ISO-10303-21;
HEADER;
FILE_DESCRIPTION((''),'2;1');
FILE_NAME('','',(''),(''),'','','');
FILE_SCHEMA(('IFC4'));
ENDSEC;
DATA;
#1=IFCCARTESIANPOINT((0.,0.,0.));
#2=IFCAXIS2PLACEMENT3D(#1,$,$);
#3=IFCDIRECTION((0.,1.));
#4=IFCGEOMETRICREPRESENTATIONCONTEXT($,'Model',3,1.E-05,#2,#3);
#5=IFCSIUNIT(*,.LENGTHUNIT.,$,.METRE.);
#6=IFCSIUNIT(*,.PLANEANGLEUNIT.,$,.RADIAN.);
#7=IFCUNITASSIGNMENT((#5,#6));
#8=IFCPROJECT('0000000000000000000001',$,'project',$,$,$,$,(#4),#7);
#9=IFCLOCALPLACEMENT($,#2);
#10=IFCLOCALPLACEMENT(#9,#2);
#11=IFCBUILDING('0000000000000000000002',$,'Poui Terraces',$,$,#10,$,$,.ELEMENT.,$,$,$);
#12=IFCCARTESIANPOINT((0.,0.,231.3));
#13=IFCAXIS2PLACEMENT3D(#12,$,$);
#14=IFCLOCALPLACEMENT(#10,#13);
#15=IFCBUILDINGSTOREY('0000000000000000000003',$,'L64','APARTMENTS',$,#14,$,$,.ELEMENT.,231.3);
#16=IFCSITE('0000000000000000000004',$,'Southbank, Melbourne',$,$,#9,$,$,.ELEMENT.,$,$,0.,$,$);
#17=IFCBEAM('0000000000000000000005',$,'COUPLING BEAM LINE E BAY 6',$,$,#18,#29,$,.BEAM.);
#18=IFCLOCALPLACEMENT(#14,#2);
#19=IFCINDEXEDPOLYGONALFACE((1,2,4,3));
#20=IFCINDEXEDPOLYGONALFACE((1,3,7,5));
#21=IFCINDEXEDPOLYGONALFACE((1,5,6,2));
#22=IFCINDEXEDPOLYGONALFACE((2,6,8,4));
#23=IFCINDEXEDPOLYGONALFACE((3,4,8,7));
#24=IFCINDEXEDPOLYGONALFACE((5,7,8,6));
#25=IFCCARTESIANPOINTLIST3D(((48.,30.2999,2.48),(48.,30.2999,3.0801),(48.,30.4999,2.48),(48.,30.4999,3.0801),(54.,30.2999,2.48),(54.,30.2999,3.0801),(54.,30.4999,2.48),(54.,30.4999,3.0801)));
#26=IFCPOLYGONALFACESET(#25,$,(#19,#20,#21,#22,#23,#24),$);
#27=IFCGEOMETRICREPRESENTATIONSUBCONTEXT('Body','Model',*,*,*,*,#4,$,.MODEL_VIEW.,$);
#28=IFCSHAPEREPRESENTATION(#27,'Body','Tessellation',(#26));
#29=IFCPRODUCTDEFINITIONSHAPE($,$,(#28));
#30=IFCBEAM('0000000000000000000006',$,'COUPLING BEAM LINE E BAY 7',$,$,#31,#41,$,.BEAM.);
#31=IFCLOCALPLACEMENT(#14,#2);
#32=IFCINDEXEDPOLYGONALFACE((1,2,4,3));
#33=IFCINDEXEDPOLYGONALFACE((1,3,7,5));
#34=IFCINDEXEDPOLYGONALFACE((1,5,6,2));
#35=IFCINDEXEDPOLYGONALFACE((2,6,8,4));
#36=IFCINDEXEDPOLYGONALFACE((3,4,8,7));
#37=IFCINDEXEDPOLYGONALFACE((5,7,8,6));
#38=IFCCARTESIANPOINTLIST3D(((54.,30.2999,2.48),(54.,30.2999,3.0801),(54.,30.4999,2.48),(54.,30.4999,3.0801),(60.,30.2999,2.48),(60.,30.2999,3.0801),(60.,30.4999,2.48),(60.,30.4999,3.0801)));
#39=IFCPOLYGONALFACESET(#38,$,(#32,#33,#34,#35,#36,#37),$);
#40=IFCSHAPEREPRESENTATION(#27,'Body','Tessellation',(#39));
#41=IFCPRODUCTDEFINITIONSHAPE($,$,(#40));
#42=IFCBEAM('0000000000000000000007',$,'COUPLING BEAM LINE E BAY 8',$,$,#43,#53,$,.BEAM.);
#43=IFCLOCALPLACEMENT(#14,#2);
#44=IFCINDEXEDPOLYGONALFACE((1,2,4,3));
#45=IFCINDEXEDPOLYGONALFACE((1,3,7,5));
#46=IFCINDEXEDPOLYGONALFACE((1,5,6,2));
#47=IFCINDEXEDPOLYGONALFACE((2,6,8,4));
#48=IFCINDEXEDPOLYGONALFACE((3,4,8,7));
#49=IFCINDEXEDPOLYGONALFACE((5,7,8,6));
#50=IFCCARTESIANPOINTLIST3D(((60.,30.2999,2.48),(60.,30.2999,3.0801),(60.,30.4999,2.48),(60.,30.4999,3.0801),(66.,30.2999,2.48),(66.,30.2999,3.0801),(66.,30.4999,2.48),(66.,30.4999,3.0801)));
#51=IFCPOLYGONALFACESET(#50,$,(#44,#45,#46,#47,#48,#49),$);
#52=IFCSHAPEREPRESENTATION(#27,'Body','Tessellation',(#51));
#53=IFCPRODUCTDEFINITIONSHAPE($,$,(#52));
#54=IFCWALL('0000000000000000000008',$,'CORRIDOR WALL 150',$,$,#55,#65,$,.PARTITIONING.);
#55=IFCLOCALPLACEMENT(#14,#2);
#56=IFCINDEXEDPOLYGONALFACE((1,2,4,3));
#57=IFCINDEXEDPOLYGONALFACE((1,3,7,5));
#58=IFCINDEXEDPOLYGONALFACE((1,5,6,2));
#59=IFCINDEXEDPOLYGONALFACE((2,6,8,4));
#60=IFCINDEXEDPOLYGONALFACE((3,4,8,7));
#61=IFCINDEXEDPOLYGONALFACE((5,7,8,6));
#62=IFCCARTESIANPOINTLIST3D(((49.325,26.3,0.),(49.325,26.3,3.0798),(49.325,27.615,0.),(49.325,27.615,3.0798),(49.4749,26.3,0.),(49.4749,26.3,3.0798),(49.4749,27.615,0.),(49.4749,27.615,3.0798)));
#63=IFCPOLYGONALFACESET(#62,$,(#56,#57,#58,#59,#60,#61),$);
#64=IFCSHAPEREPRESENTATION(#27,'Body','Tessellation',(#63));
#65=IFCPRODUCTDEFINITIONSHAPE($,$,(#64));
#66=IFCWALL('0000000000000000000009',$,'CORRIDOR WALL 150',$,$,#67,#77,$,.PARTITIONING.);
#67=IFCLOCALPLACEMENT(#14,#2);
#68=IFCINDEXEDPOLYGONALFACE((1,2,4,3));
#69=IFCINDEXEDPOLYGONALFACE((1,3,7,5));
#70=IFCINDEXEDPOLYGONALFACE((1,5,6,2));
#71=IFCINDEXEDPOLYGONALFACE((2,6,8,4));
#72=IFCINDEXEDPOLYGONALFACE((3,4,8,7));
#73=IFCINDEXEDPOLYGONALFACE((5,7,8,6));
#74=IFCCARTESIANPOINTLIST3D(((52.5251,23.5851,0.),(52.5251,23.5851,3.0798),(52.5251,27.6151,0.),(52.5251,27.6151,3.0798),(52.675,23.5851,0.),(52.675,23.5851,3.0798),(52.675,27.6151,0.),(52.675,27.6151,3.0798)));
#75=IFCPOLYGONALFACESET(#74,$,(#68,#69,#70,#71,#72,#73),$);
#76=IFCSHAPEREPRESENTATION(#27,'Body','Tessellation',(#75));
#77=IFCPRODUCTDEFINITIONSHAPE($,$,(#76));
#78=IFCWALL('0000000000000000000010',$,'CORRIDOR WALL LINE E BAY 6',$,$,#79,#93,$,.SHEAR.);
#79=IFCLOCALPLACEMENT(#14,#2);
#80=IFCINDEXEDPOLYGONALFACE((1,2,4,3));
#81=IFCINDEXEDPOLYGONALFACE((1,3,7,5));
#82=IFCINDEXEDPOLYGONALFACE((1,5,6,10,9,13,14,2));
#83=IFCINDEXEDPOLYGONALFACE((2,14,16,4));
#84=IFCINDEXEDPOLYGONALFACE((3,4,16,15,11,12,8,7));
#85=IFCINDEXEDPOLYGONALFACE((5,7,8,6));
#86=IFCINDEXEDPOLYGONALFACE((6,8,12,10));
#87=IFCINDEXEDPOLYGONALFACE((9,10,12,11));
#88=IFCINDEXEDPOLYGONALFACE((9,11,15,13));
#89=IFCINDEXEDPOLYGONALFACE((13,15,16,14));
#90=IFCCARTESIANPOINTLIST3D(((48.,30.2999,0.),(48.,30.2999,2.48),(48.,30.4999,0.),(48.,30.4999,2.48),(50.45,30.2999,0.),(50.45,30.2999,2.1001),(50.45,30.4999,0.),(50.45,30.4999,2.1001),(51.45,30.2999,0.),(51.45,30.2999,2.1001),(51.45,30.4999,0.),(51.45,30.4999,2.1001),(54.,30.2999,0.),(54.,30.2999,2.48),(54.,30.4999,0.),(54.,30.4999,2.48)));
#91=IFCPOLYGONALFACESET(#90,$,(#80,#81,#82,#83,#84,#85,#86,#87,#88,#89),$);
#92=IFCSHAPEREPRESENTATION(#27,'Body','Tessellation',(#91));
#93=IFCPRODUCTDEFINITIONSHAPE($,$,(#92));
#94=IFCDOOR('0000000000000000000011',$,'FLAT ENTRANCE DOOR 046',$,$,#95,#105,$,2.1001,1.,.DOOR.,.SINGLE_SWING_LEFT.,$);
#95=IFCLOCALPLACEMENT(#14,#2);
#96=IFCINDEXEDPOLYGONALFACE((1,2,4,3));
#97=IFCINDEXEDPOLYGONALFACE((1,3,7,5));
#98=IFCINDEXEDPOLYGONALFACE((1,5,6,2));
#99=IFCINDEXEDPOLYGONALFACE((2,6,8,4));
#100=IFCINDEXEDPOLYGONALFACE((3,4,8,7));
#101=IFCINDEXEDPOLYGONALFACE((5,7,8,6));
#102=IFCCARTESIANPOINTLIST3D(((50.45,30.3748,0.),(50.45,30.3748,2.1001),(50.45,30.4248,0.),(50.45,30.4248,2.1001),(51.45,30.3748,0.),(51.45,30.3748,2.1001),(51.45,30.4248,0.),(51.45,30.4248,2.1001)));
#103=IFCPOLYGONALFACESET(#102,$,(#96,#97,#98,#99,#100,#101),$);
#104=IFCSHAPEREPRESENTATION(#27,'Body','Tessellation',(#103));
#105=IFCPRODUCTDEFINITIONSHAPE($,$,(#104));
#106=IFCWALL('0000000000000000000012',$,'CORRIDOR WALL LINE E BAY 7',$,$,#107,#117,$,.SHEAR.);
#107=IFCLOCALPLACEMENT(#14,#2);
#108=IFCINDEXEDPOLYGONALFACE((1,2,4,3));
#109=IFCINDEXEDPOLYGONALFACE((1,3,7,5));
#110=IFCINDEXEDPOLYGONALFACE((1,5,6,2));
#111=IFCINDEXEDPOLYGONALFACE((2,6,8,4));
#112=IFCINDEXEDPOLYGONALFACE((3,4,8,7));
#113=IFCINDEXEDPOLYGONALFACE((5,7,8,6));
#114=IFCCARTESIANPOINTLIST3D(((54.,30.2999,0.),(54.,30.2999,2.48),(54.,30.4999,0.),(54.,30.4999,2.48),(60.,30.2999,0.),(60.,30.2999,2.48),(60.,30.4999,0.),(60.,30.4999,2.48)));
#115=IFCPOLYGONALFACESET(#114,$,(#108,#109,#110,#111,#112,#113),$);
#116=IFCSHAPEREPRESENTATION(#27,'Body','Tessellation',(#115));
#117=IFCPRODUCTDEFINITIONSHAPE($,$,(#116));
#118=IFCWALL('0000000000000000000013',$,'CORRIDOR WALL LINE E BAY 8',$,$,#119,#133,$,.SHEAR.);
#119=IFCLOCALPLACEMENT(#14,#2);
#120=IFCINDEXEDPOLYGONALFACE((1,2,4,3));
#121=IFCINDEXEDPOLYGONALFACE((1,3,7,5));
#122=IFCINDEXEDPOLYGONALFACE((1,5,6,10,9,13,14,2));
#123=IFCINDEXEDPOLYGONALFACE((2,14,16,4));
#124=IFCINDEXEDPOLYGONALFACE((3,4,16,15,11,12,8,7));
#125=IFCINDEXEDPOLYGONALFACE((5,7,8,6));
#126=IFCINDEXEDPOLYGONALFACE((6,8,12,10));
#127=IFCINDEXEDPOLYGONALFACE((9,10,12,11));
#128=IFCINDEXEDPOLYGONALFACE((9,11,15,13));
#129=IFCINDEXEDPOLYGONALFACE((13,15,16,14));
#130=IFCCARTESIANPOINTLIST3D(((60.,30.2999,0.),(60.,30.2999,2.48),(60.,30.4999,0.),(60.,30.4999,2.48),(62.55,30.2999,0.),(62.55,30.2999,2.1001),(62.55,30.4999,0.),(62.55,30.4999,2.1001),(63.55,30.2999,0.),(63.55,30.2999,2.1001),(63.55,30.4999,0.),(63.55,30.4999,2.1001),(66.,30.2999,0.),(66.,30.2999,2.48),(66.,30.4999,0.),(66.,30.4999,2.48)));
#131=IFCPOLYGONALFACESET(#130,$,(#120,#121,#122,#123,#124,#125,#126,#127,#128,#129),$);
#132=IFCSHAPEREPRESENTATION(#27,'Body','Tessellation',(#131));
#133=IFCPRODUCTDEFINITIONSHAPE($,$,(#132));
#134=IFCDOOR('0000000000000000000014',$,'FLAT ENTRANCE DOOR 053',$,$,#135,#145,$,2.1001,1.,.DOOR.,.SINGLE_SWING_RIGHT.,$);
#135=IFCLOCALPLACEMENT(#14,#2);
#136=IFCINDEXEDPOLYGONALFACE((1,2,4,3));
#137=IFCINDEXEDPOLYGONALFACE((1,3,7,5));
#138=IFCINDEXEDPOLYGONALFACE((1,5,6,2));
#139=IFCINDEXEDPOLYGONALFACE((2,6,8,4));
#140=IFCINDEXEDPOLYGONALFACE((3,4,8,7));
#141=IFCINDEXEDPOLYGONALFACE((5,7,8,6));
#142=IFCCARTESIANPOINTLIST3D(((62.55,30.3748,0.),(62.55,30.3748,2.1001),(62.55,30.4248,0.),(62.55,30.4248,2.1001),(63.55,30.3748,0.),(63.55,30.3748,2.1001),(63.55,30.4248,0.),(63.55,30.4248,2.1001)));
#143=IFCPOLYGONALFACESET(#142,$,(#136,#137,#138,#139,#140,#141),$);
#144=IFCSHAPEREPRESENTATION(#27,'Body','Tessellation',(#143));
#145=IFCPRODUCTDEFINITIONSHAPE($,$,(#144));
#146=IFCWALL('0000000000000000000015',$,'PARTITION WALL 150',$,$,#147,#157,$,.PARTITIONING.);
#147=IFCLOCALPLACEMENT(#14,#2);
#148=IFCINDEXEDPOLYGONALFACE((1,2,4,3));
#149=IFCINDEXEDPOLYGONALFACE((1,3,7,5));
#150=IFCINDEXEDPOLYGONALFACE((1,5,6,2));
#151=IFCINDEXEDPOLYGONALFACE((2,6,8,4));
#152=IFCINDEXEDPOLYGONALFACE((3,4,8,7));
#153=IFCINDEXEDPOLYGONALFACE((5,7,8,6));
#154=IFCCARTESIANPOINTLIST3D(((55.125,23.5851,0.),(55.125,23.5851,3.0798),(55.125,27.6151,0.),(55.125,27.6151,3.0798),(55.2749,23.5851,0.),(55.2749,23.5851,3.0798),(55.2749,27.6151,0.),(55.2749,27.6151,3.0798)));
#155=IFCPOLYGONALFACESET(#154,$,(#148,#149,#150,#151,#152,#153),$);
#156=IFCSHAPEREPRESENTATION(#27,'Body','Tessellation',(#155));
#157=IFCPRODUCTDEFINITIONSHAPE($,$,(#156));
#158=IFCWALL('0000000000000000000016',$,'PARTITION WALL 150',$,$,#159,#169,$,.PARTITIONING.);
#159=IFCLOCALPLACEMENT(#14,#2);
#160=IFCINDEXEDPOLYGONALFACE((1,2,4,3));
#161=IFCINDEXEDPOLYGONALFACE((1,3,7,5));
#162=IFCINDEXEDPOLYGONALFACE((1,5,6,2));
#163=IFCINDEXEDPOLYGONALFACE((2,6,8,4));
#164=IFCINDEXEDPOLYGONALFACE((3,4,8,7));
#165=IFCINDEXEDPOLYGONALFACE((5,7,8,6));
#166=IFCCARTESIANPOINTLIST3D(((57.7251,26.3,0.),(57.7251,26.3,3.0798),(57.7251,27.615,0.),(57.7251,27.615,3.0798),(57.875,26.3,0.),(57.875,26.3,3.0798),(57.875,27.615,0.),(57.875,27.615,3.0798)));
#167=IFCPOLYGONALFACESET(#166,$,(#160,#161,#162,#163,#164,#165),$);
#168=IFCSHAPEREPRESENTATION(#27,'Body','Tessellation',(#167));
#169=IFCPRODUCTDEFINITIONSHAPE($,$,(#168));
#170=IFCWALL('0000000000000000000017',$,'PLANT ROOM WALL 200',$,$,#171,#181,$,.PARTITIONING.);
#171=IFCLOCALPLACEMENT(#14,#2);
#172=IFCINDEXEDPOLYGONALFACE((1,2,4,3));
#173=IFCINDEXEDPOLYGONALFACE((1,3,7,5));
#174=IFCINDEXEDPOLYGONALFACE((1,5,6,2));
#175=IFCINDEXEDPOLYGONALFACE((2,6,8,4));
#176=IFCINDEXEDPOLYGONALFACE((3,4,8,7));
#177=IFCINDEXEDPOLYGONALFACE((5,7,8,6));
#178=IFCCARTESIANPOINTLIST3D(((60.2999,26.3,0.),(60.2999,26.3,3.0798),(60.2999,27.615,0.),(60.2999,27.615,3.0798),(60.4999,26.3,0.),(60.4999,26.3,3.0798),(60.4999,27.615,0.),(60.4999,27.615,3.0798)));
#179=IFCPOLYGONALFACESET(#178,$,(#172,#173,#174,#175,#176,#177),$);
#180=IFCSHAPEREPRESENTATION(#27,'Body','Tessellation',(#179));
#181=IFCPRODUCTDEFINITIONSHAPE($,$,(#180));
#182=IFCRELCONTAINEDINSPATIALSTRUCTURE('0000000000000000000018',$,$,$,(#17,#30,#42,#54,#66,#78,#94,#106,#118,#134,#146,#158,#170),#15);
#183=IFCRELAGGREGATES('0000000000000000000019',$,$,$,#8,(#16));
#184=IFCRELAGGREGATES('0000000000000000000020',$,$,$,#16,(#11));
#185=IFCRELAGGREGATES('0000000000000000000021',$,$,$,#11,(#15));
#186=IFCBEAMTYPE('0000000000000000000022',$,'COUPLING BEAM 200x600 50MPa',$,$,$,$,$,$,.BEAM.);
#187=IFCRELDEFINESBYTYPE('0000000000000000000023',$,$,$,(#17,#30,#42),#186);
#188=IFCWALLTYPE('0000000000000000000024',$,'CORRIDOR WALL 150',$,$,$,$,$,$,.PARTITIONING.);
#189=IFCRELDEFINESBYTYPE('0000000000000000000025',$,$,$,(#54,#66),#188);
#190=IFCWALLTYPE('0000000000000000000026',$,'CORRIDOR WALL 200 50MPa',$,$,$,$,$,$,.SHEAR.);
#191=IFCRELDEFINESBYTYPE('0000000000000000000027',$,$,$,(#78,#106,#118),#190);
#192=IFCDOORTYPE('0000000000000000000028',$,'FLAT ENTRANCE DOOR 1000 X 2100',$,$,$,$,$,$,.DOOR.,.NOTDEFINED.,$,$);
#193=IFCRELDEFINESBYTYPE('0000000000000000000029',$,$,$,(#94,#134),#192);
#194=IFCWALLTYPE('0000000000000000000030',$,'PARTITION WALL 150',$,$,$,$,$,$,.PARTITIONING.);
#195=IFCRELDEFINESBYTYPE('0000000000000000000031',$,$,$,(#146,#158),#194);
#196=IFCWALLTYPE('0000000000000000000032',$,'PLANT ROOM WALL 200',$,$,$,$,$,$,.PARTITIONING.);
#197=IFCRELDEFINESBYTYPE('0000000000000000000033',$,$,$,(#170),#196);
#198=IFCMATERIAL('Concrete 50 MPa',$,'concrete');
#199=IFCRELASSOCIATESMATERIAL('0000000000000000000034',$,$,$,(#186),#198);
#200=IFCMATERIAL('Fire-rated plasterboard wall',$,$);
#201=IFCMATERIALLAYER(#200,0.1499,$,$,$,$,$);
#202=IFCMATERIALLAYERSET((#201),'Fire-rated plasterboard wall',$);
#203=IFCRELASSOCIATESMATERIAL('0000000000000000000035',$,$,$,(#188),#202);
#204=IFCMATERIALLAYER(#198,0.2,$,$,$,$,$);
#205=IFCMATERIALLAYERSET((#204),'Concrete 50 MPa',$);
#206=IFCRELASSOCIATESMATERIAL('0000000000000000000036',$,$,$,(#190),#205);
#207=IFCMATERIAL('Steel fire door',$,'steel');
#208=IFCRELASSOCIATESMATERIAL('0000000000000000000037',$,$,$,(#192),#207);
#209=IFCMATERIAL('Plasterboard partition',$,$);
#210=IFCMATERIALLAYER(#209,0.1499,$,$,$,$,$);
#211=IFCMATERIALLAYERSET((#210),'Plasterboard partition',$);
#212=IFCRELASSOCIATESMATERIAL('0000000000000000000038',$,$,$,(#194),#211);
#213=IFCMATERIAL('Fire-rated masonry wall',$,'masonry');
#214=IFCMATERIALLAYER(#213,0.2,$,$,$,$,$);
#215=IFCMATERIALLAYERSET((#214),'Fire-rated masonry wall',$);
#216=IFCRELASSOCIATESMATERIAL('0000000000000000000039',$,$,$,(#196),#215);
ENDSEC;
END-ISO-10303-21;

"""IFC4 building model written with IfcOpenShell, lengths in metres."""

from ifc_helpers import new_model, si_unit, direction, frame, frame_2d, origin, origin_2d, place, context, subcontext, project, spatial, rectangle, extrude, source, transform, mapped, material, layer, layer_set, material_profile, profile_set, type_object, element, fill, save


model = new_model("IFC4")

# Units and contexts
model_context = context("Model", 3, precision=1e-05, world=origin(), true_north=direction((0.0, 1.0)))
body_context = subcontext(model_context, "Body", "Model", "MODEL_VIEW")
ifc_project = project(units=[si_unit("LENGTHUNIT", "METRE"), si_unit("PLANEANGLEUNIT", "RADIAN")], contexts=[model_context])

# Site, building, storey
site_placement = place(None, origin())
site = spatial("IfcSite", under=ifc_project, at=site_placement, Name="Southbank, Melbourne", CompositionType="ELEMENT", RefElevation=0.0)
building_placement = place(site_placement, origin())
building = spatial("IfcBuilding", under=site, at=building_placement, Name="Poui Terraces", CompositionType="ELEMENT")
storey_placement = place(building_placement, frame((0.0, 0.0, 231.3)))
storey = spatial("IfcBuildingStorey", under=building, at=storey_placement, Name="L64", Description="APARTMENTS", CompositionType="ELEMENT", Elevation=231.3)

# Beams
ifc_material_1 = material(Name="Concrete 50 MPa", Category="concrete")
ifc_material_profile = material_profile(ifc_material_1, rectangle(XDim=0.2, YDim=0.6001, at=origin_2d()), Name="RC 200x600")
ifc_profile_set = profile_set([ifc_material_profile], Name="Concrete 50 MPa")
beam_type = type_object("IfcBeamType", Name="COUPLING BEAM 200x600 50MPa", PredefinedType="BEAM", material=ifc_profile_set)
shared_shape = source(origin(), body_context, "Body", "SweptSolid", [
    extrude(rectangle(XDim=0.2, YDim=0.6001, at=origin_2d()), origin(), (0.0, 0.0, 1.0), 6.0),
])
for number, where, z_axis, x_axis, name in (
    (1, (48.0, 30.3999, 2.78), (1.0, 0.0, 0.0), (0.0, 1.0, 0.0), "COUPLING BEAM LINE E BAY 6"),
    (2, (54.0, 30.3999, 2.78), (1.0, 0.0, 0.0), (0.0, 1.0, 0.0), "COUPLING BEAM LINE E BAY 7"),
    (3, (60.0, 30.3999, 2.78), (1.0, 0.0, 0.0), (0.0, 1.0, 0.0), "COUPLING BEAM LINE E BAY 8"),
):
    element("IfcBeam", number, at=place(storey_placement, frame(where, z_axis=z_axis, x_axis=x_axis)), inside=storey, type_object=beam_type, Name=name, PredefinedType="BEAM", context=body_context, shape_type="MappedRepresentation", body=[
        mapped(shared_shape, transform((0.0, 0.0, 0.0))),
    ])

# Walls
ifc_material_2 = material(Name="Fire-rated plasterboard wall")
ifc_layer_1 = layer(ifc_material_2, 0.1499)
ifc_layer_set_1 = layer_set([ifc_layer_1], Name="Fire-rated plasterboard wall")
wall_type_1 = type_object("IfcWallType", Name="CORRIDOR WALL 150", PredefinedType="PARTITIONING", material=ifc_layer_set_1)
wall_1_placement = place(storey_placement, frame((49.3999, 26.3, 0.0), z_axis=(0.0, 0.0, 1.0), x_axis=(0.0, 1.0, 0.0)))
element("IfcWall", 4, at=wall_1_placement, inside=storey, type_object=wall_type_1, Name="CORRIDOR WALL 150", PredefinedType="PARTITIONING", context=body_context, shape_type="SweptSolid", body=[
    extrude(rectangle(XDim=1.3149, YDim=0.1499, at=frame_2d((0.6575, 0.0))), origin(), (0.0, 0.0, 1.0), 3.0798),
])
wall_2_placement = place(storey_placement, frame((52.6001, 23.585, 0.0), z_axis=(0.0, 0.0, 1.0), x_axis=(0.0, 1.0, 0.0)))
element("IfcWall", 5, at=wall_2_placement, inside=storey, type_object=wall_type_1, Name="CORRIDOR WALL 150", PredefinedType="PARTITIONING", context=body_context, shape_type="SweptSolid", body=[
    extrude(rectangle(XDim=4.03, YDim=0.1499, at=frame_2d((2.0151, 0.0))), origin(), (0.0, 0.0, 1.0), 3.0798),
])

# Wall, opening, door
ifc_layer_2 = layer(ifc_material_1, 0.2)
ifc_layer_set_2 = layer_set([ifc_layer_2], Name="Concrete 50 MPa")
wall_type_2 = type_object("IfcWallType", Name="CORRIDOR WALL 200 50MPa", PredefinedType="SHEAR", material=ifc_layer_set_2)
wall_3_placement = place(storey_placement, frame((48.0, 30.3999, 0.0), z_axis=(0.0, 0.0, 1.0), x_axis=(1.0, 0.0, 0.0)))
wall_3 = element("IfcWall", 6, at=wall_3_placement, inside=storey, type_object=wall_type_2, Name="CORRIDOR WALL LINE E BAY 6", PredefinedType="SHEAR", context=body_context, shape_type="SweptSolid", body=[
    extrude(rectangle(XDim=6.0, YDim=0.2, at=frame_2d((3.0, 0.0))), origin(), (0.0, 0.0, 1.0), 2.48),
])
opening_1_placement = place(wall_3_placement, frame((2.45, 0.0, 0.0)))
opening_1 = element("IfcOpeningElement", 7, at=opening_1_placement, cuts=wall_3, PredefinedType="OPENING", context=body_context, shape_type="SweptSolid", body=[
    extrude(rectangle(XDim=1.0, YDim=2.1001, at=frame_2d((0.5, 1.05))), frame((0.0, 0.1099, 0.0), z_axis=(0.0, -1.0, 0.0), x_axis=(1.0, 0.0, 0.0)), (0.0, 0.0, 1.0), 0.22),
])
ifc_material_3 = material(Name="Steel fire door", Category="steel")
door_type = type_object("IfcDoorType", Name="FLAT ENTRANCE DOOR 1000 X 2100", OperationType="NOTDEFINED", PredefinedType="DOOR", material=ifc_material_3)
door_1_placement = place(opening_1_placement, origin())
door_1 = element("IfcDoor", 8, at=door_1_placement, inside=storey, type_object=door_type, Name="FLAT ENTRANCE DOOR 046", OperationType="SINGLE_SWING_LEFT", OverallHeight=2.1001, OverallWidth=1.0, PredefinedType="DOOR", context=body_context, shape_type="SweptSolid", body=[
    extrude(rectangle(XDim=1.0, YDim=2.1001, at=frame_2d((0.5, 1.05))), frame((0.0, 0.0249, 0.0), z_axis=(0.0, -1.0, 0.0), x_axis=(1.0, 0.0, 0.0)), (0.0, 0.0, 1.0), 0.05),
])
fill(opening_1, door_1)

# Wall
wall_4_placement = place(storey_placement, frame((54.0, 30.3999, 0.0), z_axis=(0.0, 0.0, 1.0), x_axis=(1.0, 0.0, 0.0)))
element("IfcWall", 9, at=wall_4_placement, inside=storey, type_object=wall_type_2, Name="CORRIDOR WALL LINE E BAY 7", PredefinedType="SHEAR", context=body_context, shape_type="SweptSolid", body=[
    extrude(rectangle(XDim=6.0, YDim=0.2, at=frame_2d((3.0, 0.0))), origin(), (0.0, 0.0, 1.0), 2.48),
])

# Wall, opening, door
wall_5_placement = place(storey_placement, frame((60.0, 30.3999, 0.0), z_axis=(0.0, 0.0, 1.0), x_axis=(1.0, 0.0, 0.0)))
wall_5 = element("IfcWall", 10, at=wall_5_placement, inside=storey, type_object=wall_type_2, Name="CORRIDOR WALL LINE E BAY 8", PredefinedType="SHEAR", context=body_context, shape_type="SweptSolid", body=[
    extrude(rectangle(XDim=6.0, YDim=0.2, at=frame_2d((3.0, 0.0))), origin(), (0.0, 0.0, 1.0), 2.48),
])
opening_2_placement = place(wall_5_placement, frame((2.55, 0.0, 0.0)))
opening_2 = element("IfcOpeningElement", 11, at=opening_2_placement, cuts=wall_5, PredefinedType="OPENING", context=body_context, shape_type="SweptSolid", body=[
    extrude(rectangle(XDim=1.0, YDim=2.1001, at=frame_2d((0.5, 1.05))), frame((0.0, 0.1099, 0.0), z_axis=(0.0, -1.0, 0.0), x_axis=(1.0, 0.0, 0.0)), (0.0, 0.0, 1.0), 0.22),
])
door_2_placement = place(opening_2_placement, origin())
door_2 = element("IfcDoor", 12, at=door_2_placement, inside=storey, type_object=door_type, Name="FLAT ENTRANCE DOOR 053", OperationType="SINGLE_SWING_RIGHT", OverallHeight=2.1001, OverallWidth=1.0, PredefinedType="DOOR", context=body_context, shape_type="SweptSolid", body=[
    extrude(rectangle(XDim=1.0, YDim=2.1001, at=frame_2d((0.5, 1.05))), frame((0.0, 0.0249, 0.0), z_axis=(0.0, -1.0, 0.0), x_axis=(1.0, 0.0, 0.0)), (0.0, 0.0, 1.0), 0.05),
])
fill(opening_2, door_2)

# Walls
ifc_material_4 = material(Name="Plasterboard partition")
ifc_layer_3 = layer(ifc_material_4, 0.1499)
ifc_layer_set_3 = layer_set([ifc_layer_3], Name="Plasterboard partition")
wall_type_3 = type_object("IfcWallType", Name="PARTITION WALL 150", PredefinedType="PARTITIONING", material=ifc_layer_set_3)
wall_6_placement = place(storey_placement, frame((55.2, 23.585, 0.0), z_axis=(0.0, 0.0, 1.0), x_axis=(0.0, 1.0, 0.0)))
element("IfcWall", 13, at=wall_6_placement, inside=storey, type_object=wall_type_3, Name="PARTITION WALL 150", PredefinedType="PARTITIONING", context=body_context, shape_type="SweptSolid", body=[
    extrude(rectangle(XDim=4.03, YDim=0.1499, at=frame_2d((2.0151, 0.0))), origin(), (0.0, 0.0, 1.0), 3.0798),
])
wall_7_placement = place(storey_placement, frame((57.8, 26.3, 0.0), z_axis=(0.0, 0.0, 1.0), x_axis=(0.0, 1.0, 0.0)))
element("IfcWall", 14, at=wall_7_placement, inside=storey, type_object=wall_type_3, Name="PARTITION WALL 150", PredefinedType="PARTITIONING", context=body_context, shape_type="SweptSolid", body=[
    extrude(rectangle(XDim=1.3149, YDim=0.1499, at=frame_2d((0.6575, 0.0))), origin(), (0.0, 0.0, 1.0), 3.0798),
])
ifc_material_5 = material(Name="Fire-rated masonry wall", Category="masonry")
ifc_layer_4 = layer(ifc_material_5, 0.2)
ifc_layer_set_4 = layer_set([ifc_layer_4], Name="Fire-rated masonry wall")
wall_type_4 = type_object("IfcWallType", Name="PLANT ROOM WALL 200", PredefinedType="PARTITIONING", material=ifc_layer_set_4)
for number, where, z_axis, x_axis, name in (
    (15, (60.3999, 26.3, 0.0), (0.0, 0.0, 1.0), (0.0, 1.0, 0.0), "PLANT ROOM WALL 200"),
):
    element("IfcWall", number, at=place(storey_placement, frame(where, z_axis=z_axis, x_axis=x_axis)), inside=storey, type_object=wall_type_4, Name=name, PredefinedType="PARTITIONING", context=body_context, shape_type="SweptSolid", body=[
        extrude(rectangle(XDim=1.3149, YDim=0.2, at=frame_2d((0.6575, 0.0))), origin(), (0.0, 0.0, 1.0), 3.0798),
    ])

save(model, "model.ifc")
